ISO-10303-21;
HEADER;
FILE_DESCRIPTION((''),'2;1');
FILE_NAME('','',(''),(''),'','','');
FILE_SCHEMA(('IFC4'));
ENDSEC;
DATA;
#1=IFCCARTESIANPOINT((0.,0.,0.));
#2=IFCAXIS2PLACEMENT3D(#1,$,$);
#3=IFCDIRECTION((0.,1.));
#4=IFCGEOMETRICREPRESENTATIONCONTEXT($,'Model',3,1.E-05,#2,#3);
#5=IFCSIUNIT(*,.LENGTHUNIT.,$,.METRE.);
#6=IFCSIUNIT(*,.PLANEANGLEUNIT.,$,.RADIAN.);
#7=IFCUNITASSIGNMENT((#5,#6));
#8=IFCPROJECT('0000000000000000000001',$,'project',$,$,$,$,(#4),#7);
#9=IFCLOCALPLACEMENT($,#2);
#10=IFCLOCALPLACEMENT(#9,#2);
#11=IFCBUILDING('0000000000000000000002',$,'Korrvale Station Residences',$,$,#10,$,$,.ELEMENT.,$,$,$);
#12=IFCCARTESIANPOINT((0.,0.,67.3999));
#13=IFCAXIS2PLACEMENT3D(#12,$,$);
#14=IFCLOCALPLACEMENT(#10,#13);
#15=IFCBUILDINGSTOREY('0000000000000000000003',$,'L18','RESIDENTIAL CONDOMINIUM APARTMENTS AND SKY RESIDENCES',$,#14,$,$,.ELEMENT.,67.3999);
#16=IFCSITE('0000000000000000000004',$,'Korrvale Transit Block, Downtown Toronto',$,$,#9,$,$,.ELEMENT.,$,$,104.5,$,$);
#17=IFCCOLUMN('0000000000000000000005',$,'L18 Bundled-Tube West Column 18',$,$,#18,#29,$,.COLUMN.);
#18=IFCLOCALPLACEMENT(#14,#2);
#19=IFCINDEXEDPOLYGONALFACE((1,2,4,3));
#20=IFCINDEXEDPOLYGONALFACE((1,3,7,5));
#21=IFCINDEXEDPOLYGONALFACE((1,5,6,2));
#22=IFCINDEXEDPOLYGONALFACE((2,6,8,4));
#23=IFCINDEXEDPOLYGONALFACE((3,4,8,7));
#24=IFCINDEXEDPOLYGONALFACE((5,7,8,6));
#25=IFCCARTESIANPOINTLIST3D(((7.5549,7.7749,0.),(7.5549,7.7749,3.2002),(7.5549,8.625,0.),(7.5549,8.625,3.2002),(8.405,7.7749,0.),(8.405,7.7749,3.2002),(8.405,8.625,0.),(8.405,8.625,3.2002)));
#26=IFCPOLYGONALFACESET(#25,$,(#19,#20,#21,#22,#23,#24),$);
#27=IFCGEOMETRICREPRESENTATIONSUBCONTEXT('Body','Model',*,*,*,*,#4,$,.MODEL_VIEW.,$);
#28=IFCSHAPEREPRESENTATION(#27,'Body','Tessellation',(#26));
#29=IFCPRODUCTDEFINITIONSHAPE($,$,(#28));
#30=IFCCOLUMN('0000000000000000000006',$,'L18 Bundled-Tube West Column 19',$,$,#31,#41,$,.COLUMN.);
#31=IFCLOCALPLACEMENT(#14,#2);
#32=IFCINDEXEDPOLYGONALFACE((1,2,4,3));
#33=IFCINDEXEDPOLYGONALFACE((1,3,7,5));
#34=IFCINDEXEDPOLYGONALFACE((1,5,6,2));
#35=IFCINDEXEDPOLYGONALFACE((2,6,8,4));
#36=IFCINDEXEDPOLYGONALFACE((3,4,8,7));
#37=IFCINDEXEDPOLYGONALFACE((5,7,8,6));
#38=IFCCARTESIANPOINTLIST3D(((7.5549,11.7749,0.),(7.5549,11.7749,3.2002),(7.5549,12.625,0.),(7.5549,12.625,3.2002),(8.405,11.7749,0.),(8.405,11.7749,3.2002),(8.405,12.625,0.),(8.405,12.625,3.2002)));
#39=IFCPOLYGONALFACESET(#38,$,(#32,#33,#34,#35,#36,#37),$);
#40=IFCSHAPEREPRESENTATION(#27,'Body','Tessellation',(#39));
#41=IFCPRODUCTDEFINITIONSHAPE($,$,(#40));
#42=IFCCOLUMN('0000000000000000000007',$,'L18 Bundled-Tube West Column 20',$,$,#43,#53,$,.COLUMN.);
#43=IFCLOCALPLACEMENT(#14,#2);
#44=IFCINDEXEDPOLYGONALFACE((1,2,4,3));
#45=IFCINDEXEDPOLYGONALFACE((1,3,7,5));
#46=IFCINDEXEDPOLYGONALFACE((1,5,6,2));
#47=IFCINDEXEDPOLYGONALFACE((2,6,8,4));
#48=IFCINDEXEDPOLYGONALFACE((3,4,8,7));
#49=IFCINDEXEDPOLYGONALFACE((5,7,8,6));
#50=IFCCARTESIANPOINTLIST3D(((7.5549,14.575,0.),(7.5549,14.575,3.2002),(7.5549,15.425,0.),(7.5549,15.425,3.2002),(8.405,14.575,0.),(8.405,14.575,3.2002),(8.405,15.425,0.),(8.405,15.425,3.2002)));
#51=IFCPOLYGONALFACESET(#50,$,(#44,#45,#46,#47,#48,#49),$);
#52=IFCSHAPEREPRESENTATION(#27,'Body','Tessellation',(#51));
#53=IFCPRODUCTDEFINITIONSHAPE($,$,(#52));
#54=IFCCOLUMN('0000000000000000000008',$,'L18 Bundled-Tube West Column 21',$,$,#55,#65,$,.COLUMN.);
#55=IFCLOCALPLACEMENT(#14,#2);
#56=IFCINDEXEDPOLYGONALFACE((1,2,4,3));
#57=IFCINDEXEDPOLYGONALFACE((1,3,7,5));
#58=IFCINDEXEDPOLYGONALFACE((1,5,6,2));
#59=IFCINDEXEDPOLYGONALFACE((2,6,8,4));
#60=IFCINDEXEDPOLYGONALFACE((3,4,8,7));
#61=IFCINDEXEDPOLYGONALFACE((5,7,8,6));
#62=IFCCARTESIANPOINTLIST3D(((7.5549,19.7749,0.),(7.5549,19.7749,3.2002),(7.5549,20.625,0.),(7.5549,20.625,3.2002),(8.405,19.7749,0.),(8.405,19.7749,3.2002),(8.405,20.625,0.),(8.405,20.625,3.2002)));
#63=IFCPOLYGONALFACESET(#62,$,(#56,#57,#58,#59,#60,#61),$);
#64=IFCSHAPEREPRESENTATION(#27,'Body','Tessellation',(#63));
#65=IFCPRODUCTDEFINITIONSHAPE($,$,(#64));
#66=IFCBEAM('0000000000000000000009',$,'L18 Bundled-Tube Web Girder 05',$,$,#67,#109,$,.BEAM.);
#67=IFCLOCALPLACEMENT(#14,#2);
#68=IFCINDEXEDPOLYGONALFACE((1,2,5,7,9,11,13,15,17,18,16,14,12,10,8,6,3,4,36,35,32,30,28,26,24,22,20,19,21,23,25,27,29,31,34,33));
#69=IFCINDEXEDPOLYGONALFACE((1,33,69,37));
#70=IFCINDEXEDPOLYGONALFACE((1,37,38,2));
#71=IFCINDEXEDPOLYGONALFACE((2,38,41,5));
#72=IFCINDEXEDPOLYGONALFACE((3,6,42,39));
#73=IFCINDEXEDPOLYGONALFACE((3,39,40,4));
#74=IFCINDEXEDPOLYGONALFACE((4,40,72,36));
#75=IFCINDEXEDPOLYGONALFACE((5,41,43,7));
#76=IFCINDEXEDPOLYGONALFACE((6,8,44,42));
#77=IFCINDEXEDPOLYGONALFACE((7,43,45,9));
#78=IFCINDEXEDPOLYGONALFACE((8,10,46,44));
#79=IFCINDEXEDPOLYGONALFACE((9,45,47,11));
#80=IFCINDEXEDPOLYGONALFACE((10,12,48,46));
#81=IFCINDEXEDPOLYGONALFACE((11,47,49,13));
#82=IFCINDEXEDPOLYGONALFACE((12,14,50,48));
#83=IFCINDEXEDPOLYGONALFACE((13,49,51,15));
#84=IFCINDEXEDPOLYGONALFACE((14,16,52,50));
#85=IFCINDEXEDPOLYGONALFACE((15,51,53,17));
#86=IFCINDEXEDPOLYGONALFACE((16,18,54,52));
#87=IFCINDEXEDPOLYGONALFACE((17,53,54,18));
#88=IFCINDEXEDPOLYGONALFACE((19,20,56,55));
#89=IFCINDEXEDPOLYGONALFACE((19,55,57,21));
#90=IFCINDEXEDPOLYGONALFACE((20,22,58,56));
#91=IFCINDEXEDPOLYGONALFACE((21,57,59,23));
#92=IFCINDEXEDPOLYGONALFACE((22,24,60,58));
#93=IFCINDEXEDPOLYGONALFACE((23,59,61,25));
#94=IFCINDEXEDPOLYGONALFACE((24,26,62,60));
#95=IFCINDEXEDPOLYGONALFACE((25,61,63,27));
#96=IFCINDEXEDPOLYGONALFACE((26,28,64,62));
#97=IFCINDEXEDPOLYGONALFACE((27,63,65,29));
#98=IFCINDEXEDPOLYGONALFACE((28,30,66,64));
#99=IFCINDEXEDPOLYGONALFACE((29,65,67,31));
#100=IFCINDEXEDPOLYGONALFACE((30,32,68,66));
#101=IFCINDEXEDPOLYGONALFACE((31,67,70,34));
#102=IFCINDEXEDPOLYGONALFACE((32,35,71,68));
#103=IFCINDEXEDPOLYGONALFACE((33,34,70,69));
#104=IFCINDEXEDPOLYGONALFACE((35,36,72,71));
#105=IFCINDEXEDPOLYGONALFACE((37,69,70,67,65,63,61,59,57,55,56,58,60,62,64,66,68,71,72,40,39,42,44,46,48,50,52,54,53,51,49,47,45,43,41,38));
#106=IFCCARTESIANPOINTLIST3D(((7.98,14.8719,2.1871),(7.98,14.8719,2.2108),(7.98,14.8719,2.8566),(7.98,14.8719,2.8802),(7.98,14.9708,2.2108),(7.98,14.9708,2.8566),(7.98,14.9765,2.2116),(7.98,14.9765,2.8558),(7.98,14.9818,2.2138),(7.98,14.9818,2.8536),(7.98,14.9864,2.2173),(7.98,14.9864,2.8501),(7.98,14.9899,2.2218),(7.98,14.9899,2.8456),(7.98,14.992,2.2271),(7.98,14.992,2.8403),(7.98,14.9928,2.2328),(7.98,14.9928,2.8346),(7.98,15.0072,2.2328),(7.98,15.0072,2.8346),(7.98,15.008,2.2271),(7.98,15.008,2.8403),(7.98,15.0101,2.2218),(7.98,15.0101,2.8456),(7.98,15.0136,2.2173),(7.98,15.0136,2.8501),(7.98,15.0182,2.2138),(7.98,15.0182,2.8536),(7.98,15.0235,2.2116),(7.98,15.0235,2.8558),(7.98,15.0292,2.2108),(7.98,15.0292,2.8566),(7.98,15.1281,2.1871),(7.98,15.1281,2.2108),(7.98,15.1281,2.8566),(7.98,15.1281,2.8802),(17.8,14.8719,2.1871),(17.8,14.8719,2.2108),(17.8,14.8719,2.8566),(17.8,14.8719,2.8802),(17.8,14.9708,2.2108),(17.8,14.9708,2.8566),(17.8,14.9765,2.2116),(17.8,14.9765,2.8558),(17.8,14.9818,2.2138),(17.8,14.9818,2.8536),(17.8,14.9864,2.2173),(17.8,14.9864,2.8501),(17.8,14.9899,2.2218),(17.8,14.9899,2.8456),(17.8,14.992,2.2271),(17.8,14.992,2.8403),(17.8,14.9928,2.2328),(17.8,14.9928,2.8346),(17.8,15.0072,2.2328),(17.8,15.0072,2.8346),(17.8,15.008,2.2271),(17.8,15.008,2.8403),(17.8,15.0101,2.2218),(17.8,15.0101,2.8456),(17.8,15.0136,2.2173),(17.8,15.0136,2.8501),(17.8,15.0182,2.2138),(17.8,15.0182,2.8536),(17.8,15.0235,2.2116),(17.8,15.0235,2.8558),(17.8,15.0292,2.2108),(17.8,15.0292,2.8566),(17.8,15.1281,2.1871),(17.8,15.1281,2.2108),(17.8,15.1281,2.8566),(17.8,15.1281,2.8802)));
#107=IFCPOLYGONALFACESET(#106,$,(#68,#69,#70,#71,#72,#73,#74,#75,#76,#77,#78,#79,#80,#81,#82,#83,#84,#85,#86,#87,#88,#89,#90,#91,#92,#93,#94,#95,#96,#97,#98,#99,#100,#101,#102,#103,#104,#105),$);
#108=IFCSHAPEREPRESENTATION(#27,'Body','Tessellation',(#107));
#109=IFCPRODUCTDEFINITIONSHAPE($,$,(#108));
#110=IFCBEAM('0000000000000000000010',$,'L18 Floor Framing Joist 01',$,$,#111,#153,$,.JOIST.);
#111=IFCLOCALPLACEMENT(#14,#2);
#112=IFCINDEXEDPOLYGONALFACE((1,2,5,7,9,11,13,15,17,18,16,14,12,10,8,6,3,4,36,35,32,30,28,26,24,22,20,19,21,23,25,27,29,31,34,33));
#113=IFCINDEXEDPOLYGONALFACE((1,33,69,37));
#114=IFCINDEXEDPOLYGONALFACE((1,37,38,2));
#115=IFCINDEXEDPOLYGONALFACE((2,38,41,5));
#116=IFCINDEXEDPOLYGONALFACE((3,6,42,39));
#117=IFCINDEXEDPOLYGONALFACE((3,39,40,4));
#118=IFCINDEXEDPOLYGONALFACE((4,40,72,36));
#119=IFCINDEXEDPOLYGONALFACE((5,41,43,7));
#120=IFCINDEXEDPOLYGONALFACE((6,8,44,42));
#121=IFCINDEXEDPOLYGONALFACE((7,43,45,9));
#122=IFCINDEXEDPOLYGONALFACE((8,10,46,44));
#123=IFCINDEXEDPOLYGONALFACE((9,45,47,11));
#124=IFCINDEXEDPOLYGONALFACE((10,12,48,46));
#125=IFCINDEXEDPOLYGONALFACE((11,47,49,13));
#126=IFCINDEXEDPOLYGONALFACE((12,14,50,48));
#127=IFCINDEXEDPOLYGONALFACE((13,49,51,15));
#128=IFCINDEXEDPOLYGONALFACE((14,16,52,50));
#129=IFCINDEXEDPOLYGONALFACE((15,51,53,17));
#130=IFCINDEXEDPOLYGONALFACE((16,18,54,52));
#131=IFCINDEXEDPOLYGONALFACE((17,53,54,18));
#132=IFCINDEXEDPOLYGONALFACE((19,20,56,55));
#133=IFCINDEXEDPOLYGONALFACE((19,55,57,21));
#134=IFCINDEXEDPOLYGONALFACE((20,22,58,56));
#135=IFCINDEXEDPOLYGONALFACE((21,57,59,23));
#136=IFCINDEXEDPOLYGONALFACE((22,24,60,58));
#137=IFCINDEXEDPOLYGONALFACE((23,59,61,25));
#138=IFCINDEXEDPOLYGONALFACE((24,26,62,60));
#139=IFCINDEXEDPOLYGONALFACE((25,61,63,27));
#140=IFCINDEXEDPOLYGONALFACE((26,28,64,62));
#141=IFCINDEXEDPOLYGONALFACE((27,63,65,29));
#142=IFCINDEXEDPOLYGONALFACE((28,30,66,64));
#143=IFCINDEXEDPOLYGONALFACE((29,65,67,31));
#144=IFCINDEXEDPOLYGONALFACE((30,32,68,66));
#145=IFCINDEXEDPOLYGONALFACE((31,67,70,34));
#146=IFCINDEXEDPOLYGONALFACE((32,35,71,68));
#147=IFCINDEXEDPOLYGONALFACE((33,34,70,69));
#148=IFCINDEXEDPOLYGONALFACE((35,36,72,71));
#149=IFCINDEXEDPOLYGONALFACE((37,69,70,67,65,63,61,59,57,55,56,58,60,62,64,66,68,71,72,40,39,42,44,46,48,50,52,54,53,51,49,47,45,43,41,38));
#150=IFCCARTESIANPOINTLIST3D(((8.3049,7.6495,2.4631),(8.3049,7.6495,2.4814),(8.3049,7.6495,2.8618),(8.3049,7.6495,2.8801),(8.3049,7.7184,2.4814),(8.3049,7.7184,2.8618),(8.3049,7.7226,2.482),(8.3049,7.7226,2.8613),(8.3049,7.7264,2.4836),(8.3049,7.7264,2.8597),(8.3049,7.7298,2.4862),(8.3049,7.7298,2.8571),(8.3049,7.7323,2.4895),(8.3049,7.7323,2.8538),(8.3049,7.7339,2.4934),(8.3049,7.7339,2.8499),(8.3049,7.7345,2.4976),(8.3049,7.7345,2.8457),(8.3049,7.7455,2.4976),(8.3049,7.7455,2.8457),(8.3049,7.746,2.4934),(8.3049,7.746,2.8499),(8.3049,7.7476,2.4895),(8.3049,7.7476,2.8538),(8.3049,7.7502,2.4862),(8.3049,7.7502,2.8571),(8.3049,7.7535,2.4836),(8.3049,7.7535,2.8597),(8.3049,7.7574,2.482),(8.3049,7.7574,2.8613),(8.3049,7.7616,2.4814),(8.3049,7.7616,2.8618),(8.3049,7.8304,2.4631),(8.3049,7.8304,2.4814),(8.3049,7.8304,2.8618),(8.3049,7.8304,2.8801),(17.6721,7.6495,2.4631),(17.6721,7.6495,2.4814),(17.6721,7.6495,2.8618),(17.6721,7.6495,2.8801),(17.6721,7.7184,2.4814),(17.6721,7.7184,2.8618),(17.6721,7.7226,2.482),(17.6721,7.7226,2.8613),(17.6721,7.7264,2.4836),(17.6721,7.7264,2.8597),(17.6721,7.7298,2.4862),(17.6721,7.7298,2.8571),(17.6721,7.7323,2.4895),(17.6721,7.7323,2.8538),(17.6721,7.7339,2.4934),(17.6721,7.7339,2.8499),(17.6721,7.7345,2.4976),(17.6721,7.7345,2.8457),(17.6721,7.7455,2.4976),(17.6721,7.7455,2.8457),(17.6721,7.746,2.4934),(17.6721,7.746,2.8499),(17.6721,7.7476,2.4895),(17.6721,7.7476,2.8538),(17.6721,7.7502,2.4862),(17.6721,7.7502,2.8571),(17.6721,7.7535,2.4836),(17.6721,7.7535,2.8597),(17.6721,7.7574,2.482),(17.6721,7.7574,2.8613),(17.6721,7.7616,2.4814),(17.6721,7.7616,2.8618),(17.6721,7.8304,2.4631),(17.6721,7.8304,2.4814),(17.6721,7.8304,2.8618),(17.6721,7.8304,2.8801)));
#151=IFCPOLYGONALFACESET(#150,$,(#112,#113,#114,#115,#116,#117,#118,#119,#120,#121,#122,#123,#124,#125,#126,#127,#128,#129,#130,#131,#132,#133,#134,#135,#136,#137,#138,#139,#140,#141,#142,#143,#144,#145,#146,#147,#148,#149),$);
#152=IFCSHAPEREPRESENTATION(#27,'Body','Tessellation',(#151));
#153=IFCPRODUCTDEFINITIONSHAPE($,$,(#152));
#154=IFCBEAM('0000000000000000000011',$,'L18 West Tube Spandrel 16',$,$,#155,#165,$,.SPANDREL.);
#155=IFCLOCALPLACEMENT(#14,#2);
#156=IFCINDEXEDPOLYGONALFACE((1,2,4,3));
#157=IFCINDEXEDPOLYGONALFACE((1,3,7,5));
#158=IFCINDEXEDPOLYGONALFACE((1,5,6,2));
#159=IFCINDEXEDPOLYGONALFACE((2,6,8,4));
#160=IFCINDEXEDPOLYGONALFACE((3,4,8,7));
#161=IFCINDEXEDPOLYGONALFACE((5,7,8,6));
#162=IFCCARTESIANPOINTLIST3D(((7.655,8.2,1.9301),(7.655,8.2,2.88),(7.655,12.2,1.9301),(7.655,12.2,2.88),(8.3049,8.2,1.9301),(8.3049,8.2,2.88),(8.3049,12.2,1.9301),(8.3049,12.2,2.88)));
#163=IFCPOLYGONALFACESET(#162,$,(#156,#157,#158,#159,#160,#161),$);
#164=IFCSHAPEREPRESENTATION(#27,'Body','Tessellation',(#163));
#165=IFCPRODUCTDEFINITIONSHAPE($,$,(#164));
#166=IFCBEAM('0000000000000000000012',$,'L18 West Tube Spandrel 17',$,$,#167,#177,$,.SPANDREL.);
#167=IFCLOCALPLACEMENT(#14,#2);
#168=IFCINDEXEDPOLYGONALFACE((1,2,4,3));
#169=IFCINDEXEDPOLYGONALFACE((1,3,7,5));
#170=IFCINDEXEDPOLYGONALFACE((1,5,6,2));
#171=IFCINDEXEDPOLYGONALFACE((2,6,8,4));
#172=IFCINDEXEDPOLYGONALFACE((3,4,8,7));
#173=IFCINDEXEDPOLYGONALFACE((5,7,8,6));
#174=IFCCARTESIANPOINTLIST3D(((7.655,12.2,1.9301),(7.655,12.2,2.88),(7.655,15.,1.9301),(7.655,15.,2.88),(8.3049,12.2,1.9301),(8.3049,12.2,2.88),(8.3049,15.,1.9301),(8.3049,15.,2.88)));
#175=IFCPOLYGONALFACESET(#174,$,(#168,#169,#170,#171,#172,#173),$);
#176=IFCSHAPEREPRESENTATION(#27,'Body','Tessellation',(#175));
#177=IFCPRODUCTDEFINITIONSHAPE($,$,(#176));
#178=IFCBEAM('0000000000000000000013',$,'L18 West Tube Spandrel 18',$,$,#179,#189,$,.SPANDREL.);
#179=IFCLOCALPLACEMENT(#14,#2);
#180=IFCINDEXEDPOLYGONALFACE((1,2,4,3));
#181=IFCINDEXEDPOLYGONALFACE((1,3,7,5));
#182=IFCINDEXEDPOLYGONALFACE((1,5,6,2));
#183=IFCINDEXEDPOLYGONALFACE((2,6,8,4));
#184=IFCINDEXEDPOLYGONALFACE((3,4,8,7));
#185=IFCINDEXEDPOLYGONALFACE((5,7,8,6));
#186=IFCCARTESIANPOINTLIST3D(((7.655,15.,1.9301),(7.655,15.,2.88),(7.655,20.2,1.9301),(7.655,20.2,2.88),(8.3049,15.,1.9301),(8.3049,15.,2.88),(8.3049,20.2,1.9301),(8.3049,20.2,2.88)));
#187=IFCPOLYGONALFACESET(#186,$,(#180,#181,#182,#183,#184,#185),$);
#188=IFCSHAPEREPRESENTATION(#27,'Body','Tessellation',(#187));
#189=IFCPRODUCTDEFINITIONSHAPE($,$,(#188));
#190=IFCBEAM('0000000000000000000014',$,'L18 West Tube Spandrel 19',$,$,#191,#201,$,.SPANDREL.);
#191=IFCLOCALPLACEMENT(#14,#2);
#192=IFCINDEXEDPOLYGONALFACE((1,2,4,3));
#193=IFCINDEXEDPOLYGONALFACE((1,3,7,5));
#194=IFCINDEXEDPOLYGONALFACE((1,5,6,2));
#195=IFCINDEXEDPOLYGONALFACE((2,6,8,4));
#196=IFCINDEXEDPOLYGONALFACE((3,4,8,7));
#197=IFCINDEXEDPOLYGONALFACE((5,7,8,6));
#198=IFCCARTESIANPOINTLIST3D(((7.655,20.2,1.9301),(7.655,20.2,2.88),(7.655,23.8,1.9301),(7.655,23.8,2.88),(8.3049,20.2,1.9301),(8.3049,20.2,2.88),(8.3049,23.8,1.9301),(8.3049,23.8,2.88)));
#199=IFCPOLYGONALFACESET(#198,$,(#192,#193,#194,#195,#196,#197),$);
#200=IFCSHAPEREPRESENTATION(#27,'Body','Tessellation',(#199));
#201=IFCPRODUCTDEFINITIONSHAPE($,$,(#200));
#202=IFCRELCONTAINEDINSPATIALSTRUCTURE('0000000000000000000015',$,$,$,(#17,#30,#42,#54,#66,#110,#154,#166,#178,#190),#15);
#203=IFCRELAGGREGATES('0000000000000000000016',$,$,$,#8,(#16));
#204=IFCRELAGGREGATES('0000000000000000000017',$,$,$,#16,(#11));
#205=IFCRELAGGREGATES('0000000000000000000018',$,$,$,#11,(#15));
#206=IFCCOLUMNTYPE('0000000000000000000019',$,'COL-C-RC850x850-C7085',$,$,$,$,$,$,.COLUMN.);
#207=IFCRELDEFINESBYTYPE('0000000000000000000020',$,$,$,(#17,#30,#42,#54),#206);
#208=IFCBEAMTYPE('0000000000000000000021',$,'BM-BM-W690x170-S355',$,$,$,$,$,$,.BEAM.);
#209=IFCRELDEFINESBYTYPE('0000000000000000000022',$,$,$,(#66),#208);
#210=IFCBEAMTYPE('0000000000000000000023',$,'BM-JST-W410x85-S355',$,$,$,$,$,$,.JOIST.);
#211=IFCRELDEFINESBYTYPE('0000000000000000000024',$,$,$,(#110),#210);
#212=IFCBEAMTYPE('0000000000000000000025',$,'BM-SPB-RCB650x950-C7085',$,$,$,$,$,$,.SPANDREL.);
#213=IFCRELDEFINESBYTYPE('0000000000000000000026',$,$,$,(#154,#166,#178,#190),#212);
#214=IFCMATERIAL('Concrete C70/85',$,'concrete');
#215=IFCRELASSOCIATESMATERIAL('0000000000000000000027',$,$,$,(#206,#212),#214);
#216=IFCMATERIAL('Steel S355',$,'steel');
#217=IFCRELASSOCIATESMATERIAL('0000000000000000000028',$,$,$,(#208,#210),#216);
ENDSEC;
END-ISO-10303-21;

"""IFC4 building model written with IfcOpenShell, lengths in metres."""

from ifc_helpers import new_model, si_unit, direction, frame, origin, origin_2d, place, context, subcontext, project, spatial, rectangle, i_section, extrude, material, material_profile, profile_set, type_object, element, save


model = new_model("IFC4")

# Units and contexts
model_context = context("Model", 3, precision=1e-05, world=origin(), true_north=direction((0.0, 1.0)))
body_context = subcontext(model_context, "Body", "Model", "MODEL_VIEW")
ifc_project = project(units=[si_unit("LENGTHUNIT", "METRE"), si_unit("PLANEANGLEUNIT", "RADIAN")], contexts=[model_context])

# Site, building, storey
site_placement = place(None, origin())
site = spatial("IfcSite", under=ifc_project, at=site_placement, Name="Korrvale Transit Block, Downtown Toronto", CompositionType="ELEMENT", RefElevation=104.5)
building_placement = place(site_placement, origin())
building = spatial("IfcBuilding", under=site, at=building_placement, Name="Korrvale Station Residences", CompositionType="ELEMENT")
storey_placement = place(building_placement, frame((0.0, 0.0, 67.3999)))
storey = spatial("IfcBuildingStorey", under=building, at=storey_placement, Name="L18", Description="RESIDENTIAL CONDOMINIUM APARTMENTS AND SKY RESIDENCES", CompositionType="ELEMENT", Elevation=67.3999)

# Columns
ifc_material_1 = material(Name="Concrete C70/85", Category="concrete")
ifc_material_profile_1 = material_profile(ifc_material_1, rectangle(XDim=0.8501, YDim=0.8501, at=origin_2d()), Name="RC850x850")
ifc_profile_set_1 = profile_set([ifc_material_profile_1], Name="Concrete C70/85")
column_type = type_object("IfcColumnType", Name="COL-C-RC850x850-C7085", PredefinedType="COLUMN", material=ifc_profile_set_1)
for number, where, z_axis, x_axis, name in (
    (1, (7.98, 8.2, 0.0), (0.0, 0.0, 1.0), (1.0, 0.0, 0.0), "L18 Bundled-Tube West Column 18"),
    (2, (7.98, 12.2, 0.0), (0.0, 0.0, 1.0), (1.0, 0.0, 0.0), "L18 Bundled-Tube West Column 19"),
    (3, (7.98, 15.0, 0.0), (0.0, 0.0, 1.0), (1.0, 0.0, 0.0), "L18 Bundled-Tube West Column 20"),
    (4, (7.98, 20.2, 0.0), (0.0, 0.0, 1.0), (1.0, 0.0, 0.0), "L18 Bundled-Tube West Column 21"),
):
    element("IfcColumn", number, at=place(storey_placement, frame(where, z_axis=z_axis, x_axis=x_axis)), inside=storey, type_object=column_type, Name=name, PredefinedType="COLUMN", context=body_context, shape_type="SweptSolid", body=[
        extrude(rectangle(XDim=0.8501, YDim=0.8501, at=origin_2d()), origin(), (0.0, 0.0, 1.0), 3.2002),
    ])

# Beams
ifc_material_2 = material(Name="Steel S355", Category="steel")
ifc_material_profile_2 = material_profile(ifc_material_2, i_section(OverallWidth=0.2561, OverallDepth=0.6931, WebThickness=0.0144, FlangeThickness=0.0237, FilletRadius=0.022, at=origin_2d()), Name="W690x170")
ifc_profile_set_2 = profile_set([ifc_material_profile_2], Name="Steel S355")
beam_type_1 = type_object("IfcBeamType", Name="BM-BM-W690x170-S355", PredefinedType="BEAM", material=ifc_profile_set_2)
beam_1_placement = place(storey_placement, frame((7.98, 15.0, 2.5337), z_axis=(1.0, 0.0, 0.0), x_axis=(0.0, 1.0, 0.0)))
element("IfcBeam", 5, at=beam_1_placement, inside=storey, type_object=beam_type_1, Name="L18 Bundled-Tube Web Girder 05", PredefinedType="BEAM", context=body_context, shape_type="SweptSolid", body=[
    extrude(i_section(OverallWidth=0.2561, OverallDepth=0.6931, WebThickness=0.0144, FlangeThickness=0.0237, FilletRadius=0.022, at=origin_2d()), origin(), (0.0, 0.0, 1.0), 9.8201),
])
ifc_material_profile_3 = material_profile(ifc_material_2, i_section(OverallWidth=0.1809, OverallDepth=0.417, WebThickness=0.011, FlangeThickness=0.0183, FilletRadius=0.0161, at=origin_2d()), Name="W410x85")
ifc_profile_set_3 = profile_set([ifc_material_profile_3], Name="Steel S355")
beam_type_2 = type_object("IfcBeamType", Name="BM-JST-W410x85-S355", PredefinedType="JOIST", material=ifc_profile_set_3)
beam_2_placement = place(storey_placement, frame((8.3049, 7.74, 2.6716), z_axis=(1.0, 0.0, 0.0), x_axis=(0.0, 1.0, 0.0)))
element("IfcBeam", 6, at=beam_2_placement, inside=storey, type_object=beam_type_2, Name="L18 Floor Framing Joist 01", PredefinedType="JOIST", context=body_context, shape_type="SweptSolid", body=[
    extrude(i_section(OverallWidth=0.1809, OverallDepth=0.417, WebThickness=0.011, FlangeThickness=0.0183, FilletRadius=0.0161, at=origin_2d()), origin(), (0.0, 0.0, 1.0), 9.3672),
])
ifc_material_profile_4 = material_profile(ifc_material_1, rectangle(XDim=0.6499, YDim=0.95, at=origin_2d()), Name="RCB650x950")
ifc_profile_set_4 = profile_set([ifc_material_profile_4], Name="Concrete C70/85")
beam_type_3 = type_object("IfcBeamType", Name="BM-SPB-RCB650x950-C7085", PredefinedType="SPANDREL", material=ifc_profile_set_4)
beam_3_placement = place(storey_placement, frame((7.98, 8.2, 2.405), z_axis=(0.0, 1.0, 0.0), x_axis=(-1.0, 0.0, 0.0)))
element("IfcBeam", 7, at=beam_3_placement, inside=storey, type_object=beam_type_3, Name="L18 West Tube Spandrel 16", PredefinedType="SPANDREL", context=body_context, shape_type="SweptSolid", body=[
    extrude(rectangle(XDim=0.6499, YDim=0.95, at=origin_2d()), origin(), (0.0, 0.0, 1.0), 4.0),
])
beam_4_placement = place(storey_placement, frame((7.98, 12.2, 2.405), z_axis=(0.0, 1.0, 0.0), x_axis=(-1.0, 0.0, 0.0)))
element("IfcBeam", 8, at=beam_4_placement, inside=storey, type_object=beam_type_3, Name="L18 West Tube Spandrel 17", PredefinedType="SPANDREL", context=body_context, shape_type="SweptSolid", body=[
    extrude(rectangle(XDim=0.6499, YDim=0.95, at=origin_2d()), origin(), (0.0, 0.0, 1.0), 2.8),
])
beam_5_placement = place(storey_placement, frame((7.98, 15.0, 2.405), z_axis=(0.0, 1.0, 0.0), x_axis=(-1.0, 0.0, 0.0)))
element("IfcBeam", 9, at=beam_5_placement, inside=storey, type_object=beam_type_3, Name="L18 West Tube Spandrel 18", PredefinedType="SPANDREL", context=body_context, shape_type="SweptSolid", body=[
    extrude(rectangle(XDim=0.6499, YDim=0.95, at=origin_2d()), origin(), (0.0, 0.0, 1.0), 5.2),
])
beam_6_placement = place(storey_placement, frame((7.98, 20.2, 2.405), z_axis=(0.0, 1.0, 0.0), x_axis=(-1.0, 0.0, 0.0)))
element("IfcBeam", 10, at=beam_6_placement, inside=storey, type_object=beam_type_3, Name="L18 West Tube Spandrel 19", PredefinedType="SPANDREL", context=body_context, shape_type="SweptSolid", body=[
    extrude(rectangle(XDim=0.6499, YDim=0.95, at=origin_2d()), origin(), (0.0, 0.0, 1.0), 3.6001),
])

save(model, "model.ifc")
